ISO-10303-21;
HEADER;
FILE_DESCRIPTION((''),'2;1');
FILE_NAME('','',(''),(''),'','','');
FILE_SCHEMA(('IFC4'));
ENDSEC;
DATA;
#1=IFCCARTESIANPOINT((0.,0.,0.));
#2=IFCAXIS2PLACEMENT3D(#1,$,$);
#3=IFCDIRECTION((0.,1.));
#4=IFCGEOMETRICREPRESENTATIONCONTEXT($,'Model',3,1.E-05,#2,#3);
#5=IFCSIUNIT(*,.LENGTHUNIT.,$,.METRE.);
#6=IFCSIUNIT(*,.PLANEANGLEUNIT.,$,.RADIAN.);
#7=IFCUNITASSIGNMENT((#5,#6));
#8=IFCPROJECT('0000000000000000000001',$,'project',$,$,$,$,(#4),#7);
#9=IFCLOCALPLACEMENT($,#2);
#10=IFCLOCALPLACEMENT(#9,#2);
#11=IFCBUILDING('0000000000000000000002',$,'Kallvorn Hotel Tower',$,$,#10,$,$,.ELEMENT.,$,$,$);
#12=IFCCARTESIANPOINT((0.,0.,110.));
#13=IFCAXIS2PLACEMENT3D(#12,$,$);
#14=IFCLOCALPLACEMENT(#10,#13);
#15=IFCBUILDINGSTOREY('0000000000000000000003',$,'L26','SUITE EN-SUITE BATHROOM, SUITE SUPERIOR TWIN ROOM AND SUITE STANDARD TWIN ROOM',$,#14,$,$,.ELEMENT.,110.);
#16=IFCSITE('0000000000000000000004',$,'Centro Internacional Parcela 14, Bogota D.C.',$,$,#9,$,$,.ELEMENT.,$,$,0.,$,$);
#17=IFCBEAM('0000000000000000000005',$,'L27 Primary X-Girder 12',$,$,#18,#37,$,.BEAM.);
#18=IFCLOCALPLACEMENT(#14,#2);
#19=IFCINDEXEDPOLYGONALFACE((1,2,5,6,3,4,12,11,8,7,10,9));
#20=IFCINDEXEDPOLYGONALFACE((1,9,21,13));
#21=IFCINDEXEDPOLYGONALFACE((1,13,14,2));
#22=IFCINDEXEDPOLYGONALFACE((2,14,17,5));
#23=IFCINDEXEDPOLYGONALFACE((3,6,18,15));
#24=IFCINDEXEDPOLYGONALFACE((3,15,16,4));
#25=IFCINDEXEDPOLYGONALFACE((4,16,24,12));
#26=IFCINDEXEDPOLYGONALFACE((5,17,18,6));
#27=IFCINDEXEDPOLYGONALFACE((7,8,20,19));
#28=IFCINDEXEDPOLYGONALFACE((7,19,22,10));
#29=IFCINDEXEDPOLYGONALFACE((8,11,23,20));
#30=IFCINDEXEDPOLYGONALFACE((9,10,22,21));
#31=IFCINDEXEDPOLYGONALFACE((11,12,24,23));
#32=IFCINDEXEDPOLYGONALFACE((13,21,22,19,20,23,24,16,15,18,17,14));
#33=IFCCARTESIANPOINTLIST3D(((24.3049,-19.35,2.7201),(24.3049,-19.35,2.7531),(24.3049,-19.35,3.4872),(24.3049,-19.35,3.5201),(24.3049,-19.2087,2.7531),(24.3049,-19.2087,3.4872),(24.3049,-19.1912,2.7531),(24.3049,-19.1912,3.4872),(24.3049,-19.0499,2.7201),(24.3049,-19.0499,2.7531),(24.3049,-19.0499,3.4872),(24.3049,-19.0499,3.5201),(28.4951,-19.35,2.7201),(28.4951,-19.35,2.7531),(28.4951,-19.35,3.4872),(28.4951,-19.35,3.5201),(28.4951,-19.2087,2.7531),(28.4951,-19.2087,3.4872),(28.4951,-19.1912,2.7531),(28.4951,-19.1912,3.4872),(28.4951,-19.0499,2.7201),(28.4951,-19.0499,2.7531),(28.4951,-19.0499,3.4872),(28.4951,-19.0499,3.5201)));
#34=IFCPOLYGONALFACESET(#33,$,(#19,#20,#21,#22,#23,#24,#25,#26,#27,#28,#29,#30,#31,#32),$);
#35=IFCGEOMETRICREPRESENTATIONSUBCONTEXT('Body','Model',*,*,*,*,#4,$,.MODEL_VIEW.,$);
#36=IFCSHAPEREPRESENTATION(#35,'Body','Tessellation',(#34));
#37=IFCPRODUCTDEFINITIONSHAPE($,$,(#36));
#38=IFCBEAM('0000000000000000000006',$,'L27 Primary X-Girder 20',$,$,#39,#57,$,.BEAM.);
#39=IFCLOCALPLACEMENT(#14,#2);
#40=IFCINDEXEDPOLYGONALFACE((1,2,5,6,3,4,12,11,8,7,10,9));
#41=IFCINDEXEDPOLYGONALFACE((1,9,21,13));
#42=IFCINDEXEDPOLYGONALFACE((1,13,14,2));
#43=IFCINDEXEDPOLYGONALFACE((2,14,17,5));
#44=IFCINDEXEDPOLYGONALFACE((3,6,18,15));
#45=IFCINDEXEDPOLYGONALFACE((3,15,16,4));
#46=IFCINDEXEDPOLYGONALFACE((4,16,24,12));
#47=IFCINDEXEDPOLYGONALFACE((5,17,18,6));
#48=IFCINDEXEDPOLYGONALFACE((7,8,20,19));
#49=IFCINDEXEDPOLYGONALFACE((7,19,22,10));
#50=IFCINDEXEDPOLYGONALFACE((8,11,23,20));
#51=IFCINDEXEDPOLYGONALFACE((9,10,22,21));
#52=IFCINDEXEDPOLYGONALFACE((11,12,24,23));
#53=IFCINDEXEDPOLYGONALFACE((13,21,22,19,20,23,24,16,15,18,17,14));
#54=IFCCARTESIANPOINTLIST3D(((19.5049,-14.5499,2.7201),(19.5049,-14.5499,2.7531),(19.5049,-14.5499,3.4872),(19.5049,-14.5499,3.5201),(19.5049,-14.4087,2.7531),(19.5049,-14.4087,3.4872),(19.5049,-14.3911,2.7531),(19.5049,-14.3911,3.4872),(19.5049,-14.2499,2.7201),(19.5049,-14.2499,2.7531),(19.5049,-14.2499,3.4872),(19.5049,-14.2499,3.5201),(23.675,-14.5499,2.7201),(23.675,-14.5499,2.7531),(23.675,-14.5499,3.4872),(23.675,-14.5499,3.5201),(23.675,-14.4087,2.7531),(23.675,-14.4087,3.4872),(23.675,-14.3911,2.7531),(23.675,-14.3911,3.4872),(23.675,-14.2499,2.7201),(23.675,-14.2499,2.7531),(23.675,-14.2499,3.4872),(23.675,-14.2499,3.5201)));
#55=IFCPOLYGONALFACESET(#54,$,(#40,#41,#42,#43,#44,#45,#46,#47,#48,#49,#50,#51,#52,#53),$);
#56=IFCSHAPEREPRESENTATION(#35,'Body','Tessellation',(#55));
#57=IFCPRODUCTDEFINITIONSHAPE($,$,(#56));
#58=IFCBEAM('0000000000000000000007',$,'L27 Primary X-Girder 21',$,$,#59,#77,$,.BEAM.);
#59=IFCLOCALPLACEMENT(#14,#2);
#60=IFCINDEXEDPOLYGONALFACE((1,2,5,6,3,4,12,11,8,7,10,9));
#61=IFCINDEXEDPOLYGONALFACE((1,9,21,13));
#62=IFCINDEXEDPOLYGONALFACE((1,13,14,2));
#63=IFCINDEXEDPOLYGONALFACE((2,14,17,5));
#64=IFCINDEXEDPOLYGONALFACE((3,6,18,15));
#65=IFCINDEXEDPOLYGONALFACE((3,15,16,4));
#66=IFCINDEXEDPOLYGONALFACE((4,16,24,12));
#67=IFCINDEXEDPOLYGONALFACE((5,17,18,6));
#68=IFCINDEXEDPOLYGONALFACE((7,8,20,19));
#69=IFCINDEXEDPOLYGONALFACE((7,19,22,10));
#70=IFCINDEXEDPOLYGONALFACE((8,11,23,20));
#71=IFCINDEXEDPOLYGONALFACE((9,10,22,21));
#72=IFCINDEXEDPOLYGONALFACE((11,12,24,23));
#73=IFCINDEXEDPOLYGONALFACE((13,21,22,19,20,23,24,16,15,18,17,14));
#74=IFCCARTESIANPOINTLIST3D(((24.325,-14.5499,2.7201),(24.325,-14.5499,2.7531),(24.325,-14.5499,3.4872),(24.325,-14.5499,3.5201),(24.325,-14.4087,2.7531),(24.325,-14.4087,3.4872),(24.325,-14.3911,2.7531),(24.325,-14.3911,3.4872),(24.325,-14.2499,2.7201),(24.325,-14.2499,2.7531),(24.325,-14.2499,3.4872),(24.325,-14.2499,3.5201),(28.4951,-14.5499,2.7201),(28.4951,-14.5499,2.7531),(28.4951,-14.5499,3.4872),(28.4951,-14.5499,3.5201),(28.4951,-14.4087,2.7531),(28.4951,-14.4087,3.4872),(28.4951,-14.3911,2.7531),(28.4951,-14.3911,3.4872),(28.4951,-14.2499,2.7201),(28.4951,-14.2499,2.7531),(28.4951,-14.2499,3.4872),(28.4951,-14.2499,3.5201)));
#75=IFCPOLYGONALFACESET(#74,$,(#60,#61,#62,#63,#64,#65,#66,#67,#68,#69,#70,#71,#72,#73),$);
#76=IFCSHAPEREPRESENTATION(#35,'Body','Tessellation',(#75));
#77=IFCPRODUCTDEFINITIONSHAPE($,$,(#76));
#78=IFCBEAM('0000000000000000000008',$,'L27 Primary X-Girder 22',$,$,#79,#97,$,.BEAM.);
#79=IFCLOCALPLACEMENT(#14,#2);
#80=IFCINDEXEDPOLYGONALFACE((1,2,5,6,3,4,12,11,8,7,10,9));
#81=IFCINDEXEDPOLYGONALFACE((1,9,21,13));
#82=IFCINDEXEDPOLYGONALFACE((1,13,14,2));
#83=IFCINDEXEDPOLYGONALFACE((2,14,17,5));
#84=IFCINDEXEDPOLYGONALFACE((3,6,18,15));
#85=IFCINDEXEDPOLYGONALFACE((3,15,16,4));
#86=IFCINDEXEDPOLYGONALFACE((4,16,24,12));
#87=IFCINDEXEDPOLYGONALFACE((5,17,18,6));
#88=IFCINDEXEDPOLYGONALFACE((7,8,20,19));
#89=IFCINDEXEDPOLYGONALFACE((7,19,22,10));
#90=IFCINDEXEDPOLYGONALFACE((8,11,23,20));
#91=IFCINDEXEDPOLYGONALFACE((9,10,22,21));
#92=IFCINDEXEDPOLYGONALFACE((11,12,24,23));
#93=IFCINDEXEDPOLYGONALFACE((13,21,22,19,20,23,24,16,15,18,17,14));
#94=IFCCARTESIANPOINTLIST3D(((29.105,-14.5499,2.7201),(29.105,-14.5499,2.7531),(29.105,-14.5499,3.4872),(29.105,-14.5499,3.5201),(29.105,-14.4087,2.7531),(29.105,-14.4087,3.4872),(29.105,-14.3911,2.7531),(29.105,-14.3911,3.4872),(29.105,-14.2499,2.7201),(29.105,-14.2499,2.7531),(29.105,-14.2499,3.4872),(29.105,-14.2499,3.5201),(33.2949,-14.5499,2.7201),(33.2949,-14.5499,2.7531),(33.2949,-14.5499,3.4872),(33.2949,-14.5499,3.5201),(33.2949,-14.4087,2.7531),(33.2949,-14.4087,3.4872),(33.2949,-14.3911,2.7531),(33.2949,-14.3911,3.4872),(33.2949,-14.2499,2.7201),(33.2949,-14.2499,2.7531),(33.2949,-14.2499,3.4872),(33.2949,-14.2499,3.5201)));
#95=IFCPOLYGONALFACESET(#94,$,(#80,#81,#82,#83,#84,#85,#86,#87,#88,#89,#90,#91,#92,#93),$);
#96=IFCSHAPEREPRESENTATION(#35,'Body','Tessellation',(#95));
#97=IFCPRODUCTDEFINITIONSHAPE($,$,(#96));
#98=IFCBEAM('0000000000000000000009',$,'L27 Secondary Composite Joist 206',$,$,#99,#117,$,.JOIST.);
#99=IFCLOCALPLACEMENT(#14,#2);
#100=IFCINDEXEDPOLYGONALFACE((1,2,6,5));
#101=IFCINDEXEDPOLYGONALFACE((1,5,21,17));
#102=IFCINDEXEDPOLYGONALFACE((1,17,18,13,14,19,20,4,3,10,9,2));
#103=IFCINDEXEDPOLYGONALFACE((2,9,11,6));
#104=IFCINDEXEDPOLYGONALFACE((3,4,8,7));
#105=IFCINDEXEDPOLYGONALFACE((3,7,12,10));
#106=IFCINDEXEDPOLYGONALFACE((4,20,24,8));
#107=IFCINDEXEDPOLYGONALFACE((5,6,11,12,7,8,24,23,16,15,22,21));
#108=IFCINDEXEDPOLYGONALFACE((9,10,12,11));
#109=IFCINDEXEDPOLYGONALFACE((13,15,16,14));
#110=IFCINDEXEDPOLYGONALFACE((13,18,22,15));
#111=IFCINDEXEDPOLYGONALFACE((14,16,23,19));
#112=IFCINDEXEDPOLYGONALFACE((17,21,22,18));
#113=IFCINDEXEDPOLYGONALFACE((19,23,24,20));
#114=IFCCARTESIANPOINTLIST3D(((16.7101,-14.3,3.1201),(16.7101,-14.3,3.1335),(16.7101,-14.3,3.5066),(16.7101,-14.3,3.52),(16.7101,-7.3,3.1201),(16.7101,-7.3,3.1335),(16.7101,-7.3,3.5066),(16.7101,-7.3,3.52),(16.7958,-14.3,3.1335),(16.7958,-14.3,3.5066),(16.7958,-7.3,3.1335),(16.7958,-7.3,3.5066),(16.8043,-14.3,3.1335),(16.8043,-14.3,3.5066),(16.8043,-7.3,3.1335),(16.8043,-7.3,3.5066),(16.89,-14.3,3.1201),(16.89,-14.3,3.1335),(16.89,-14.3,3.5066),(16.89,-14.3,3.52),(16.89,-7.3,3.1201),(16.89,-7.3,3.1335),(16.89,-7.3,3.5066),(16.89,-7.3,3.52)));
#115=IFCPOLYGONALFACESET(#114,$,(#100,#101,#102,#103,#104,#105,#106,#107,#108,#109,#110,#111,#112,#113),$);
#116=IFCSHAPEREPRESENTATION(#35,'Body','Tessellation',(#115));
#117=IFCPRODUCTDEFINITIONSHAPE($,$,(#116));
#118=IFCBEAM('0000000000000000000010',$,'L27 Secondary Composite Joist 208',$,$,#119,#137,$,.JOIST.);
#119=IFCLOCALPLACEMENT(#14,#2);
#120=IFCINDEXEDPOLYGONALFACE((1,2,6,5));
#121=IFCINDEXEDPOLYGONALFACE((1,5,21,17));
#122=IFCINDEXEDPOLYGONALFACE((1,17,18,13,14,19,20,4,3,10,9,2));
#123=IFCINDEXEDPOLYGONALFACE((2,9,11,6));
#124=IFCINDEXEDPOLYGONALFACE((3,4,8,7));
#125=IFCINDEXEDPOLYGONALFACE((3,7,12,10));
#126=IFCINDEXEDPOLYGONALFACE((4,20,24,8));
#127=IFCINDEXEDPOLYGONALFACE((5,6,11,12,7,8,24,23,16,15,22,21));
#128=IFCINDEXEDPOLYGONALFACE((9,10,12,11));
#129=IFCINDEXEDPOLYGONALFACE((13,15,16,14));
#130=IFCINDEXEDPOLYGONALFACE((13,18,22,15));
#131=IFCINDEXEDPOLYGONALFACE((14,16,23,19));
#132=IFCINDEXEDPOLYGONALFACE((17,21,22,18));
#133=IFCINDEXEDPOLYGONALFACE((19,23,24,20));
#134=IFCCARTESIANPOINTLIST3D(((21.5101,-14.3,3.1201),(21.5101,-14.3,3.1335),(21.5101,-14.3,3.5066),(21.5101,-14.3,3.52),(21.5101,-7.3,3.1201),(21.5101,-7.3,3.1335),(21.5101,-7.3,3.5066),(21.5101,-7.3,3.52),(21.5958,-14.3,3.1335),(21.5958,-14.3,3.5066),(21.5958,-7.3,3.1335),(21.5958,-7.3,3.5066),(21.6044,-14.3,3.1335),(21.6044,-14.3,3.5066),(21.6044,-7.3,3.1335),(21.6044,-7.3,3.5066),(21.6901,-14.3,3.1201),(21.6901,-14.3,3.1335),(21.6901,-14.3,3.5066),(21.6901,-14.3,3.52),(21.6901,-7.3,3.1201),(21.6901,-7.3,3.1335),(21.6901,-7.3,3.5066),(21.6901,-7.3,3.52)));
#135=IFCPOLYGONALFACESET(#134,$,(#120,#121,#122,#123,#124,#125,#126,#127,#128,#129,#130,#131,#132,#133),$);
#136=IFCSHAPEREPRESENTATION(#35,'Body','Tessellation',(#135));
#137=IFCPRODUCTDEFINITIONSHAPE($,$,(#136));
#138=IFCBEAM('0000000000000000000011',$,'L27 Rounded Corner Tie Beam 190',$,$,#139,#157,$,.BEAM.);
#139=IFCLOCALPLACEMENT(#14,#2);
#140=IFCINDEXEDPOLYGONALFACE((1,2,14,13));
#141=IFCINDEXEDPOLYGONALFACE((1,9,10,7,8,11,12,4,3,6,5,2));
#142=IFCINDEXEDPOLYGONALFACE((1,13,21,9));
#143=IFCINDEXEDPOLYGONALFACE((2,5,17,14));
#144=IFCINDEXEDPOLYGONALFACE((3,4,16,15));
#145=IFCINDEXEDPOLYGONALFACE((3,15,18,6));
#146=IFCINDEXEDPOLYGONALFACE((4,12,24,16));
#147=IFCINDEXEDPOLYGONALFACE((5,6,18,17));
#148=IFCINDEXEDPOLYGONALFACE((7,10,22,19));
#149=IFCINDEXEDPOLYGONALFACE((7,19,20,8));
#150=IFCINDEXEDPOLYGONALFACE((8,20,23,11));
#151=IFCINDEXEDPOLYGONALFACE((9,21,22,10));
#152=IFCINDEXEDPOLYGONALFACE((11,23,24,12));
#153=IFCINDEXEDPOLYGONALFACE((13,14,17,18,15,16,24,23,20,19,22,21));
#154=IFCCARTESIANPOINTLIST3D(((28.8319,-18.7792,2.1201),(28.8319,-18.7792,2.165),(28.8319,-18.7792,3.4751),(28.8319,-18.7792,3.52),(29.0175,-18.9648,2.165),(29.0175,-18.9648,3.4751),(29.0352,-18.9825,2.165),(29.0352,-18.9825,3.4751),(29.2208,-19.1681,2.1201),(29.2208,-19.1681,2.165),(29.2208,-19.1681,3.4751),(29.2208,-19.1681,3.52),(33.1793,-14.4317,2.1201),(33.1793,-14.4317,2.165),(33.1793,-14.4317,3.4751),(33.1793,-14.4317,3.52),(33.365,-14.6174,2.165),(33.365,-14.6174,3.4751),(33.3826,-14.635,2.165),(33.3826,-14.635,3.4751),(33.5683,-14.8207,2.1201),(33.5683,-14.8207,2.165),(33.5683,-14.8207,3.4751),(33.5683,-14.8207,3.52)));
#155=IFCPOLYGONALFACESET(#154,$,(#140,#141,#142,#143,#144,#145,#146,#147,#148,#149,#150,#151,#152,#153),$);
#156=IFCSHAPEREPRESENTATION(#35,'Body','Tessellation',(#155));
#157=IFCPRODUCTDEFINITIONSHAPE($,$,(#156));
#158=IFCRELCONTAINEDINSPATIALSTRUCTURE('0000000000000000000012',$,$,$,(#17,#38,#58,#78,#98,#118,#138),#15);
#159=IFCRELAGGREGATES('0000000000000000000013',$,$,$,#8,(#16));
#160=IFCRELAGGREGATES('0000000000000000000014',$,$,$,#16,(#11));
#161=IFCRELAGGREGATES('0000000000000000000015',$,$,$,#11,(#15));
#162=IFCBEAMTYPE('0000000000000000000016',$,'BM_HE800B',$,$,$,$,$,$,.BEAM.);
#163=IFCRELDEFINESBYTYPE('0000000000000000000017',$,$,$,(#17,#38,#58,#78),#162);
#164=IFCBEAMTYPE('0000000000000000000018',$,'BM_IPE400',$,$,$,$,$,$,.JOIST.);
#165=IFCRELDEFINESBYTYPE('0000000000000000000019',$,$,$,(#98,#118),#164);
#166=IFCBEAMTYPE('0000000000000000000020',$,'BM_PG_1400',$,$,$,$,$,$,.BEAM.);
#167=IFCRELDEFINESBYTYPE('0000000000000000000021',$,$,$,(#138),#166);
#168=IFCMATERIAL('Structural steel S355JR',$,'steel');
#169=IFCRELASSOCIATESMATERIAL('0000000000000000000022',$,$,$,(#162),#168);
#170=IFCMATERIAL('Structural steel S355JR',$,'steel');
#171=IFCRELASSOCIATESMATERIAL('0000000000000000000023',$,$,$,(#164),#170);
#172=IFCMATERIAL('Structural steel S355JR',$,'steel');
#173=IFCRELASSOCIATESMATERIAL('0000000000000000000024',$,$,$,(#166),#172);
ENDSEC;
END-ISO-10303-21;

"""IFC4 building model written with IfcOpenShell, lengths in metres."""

from ifc_helpers import new_model, si_unit, direction, frame, origin, origin_2d, place, context, subcontext, project, spatial, i_section, extrude, material, material_profile, profile_set, type_object, element, save


model = new_model("IFC4")

# Units and contexts
model_context = context("Model", 3, precision=1e-05, world=origin(), true_north=direction((0.0, 1.0)))
body_context = subcontext(model_context, "Body", "Model", "MODEL_VIEW")
ifc_project = project(units=[si_unit("LENGTHUNIT", "METRE"), si_unit("PLANEANGLEUNIT", "RADIAN")], contexts=[model_context])

# Site, building, storey
site_placement = place(None, origin())
site = spatial("IfcSite", under=ifc_project, at=site_placement, Name="Centro Internacional Parcela 14, Bogota D.C.", CompositionType="ELEMENT", RefElevation=0.0)
building_placement = place(site_placement, origin())
building = spatial("IfcBuilding", under=site, at=building_placement, Name="Kallvorn Hotel Tower", CompositionType="ELEMENT")
storey_placement = place(building_placement, frame((0.0, 0.0, 110.0)))
storey = spatial("IfcBuildingStorey", under=building, at=storey_placement, Name="L26", Description="SUITE EN-SUITE BATHROOM, SUITE SUPERIOR TWIN ROOM AND SUITE STANDARD TWIN ROOM", CompositionType="ELEMENT", Elevation=110.0)

# Beams
ifc_material_1 = material(Name="Structural steel S355JR", Category="steel")
ifc_material_profile_1 = material_profile(ifc_material_1, i_section(OverallWidth=0.3, OverallDepth=0.8, WebThickness=0.0176, FlangeThickness=0.033, at=origin_2d()), Name="HE 800 B")
ifc_profile_set_1 = profile_set([ifc_material_profile_1], Name="Structural steel S355JR")
beam_type_1 = type_object("IfcBeamType", Name="BM_HE800B", PredefinedType="BEAM", material=ifc_profile_set_1)
for number, where, z_axis, x_axis, name in (
    (1, (24.3049, -19.2, 3.1201), (1.0, 0.0, 0.0), (0.0, 1.0, 0.0), "L27 Primary X-Girder 12"),
):
    element("IfcBeam", number, at=place(storey_placement, frame(where, z_axis=z_axis, x_axis=x_axis)), inside=storey, type_object=beam_type_1, Name=name, PredefinedType="BEAM", context=body_context, shape_type="SweptSolid", body=[
        extrude(i_section(OverallWidth=0.3, OverallDepth=0.8, WebThickness=0.0176, FlangeThickness=0.033, at=origin_2d()), origin(), (0.0, 0.0, 1.0), 4.1902),
    ])
for number, where, z_axis, x_axis, name in (
    (2, (19.5049, -14.3999, 3.1201), (1.0, 0.0, 0.0), (0.0, 1.0, 0.0), "L27 Primary X-Girder 20"),
    (3, (24.325, -14.3999, 3.1201), (1.0, 0.0, 0.0), (0.0, 1.0, 0.0), "L27 Primary X-Girder 21"),
):
    element("IfcBeam", number, at=place(storey_placement, frame(where, z_axis=z_axis, x_axis=x_axis)), inside=storey, type_object=beam_type_1, Name=name, PredefinedType="BEAM", context=body_context, shape_type="SweptSolid", body=[
        extrude(i_section(OverallWidth=0.3, OverallDepth=0.8, WebThickness=0.0176, FlangeThickness=0.033, at=origin_2d()), origin(), (0.0, 0.0, 1.0), 4.1702),
    ])
beam_1_placement = place(storey_placement, frame((29.105, -14.3999, 3.1201), z_axis=(1.0, 0.0, 0.0), x_axis=(0.0, 1.0, 0.0)))
element("IfcBeam", 4, at=beam_1_placement, inside=storey, type_object=beam_type_1, Name="L27 Primary X-Girder 22", PredefinedType="BEAM", context=body_context, shape_type="SweptSolid", body=[
    extrude(i_section(OverallWidth=0.3, OverallDepth=0.8, WebThickness=0.0176, FlangeThickness=0.033, at=origin_2d()), origin(), (0.0, 0.0, 1.0), 4.1899),
])
ifc_material_2 = material(Name="Structural steel S355JR", Category="steel")
ifc_material_profile_2 = material_profile(ifc_material_2, i_section(OverallWidth=0.1799, OverallDepth=0.3999, WebThickness=0.0085, FlangeThickness=0.0134, at=origin_2d()), Name="IPE 400")
ifc_profile_set_2 = profile_set([ifc_material_profile_2], Name="Structural steel S355JR")
beam_type_2 = type_object("IfcBeamType", Name="BM_IPE400", PredefinedType="JOIST", material=ifc_profile_set_2)
for number, where, z_axis, x_axis, name in (
    (5, (16.8, -14.3, 3.3201), (0.0, 1.0, 0.0), (-1.0, 0.0, 0.0), "L27 Secondary Composite Joist 206"),
    (6, (21.6001, -14.3, 3.3201), (0.0, 1.0, 0.0), (-1.0, 0.0, 0.0), "L27 Secondary Composite Joist 208"),
):
    element("IfcBeam", number, at=place(storey_placement, frame(where, z_axis=z_axis, x_axis=x_axis)), inside=storey, type_object=beam_type_2, Name=name, PredefinedType="JOIST", context=body_context, shape_type="SweptSolid", body=[
        extrude(i_section(OverallWidth=0.1799, OverallDepth=0.3999, WebThickness=0.0085, FlangeThickness=0.0134, at=origin_2d()), origin(), (0.0, 0.0, 1.0), 7.0),
    ])
ifc_material_3 = material(Name="Structural steel S355JR", Category="steel")
ifc_material_profile_3 = material_profile(ifc_material_3, i_section(OverallWidth=0.55, OverallDepth=1.3999, WebThickness=0.0249, FlangeThickness=0.0449, at=origin_2d()), Name="PG 1400x550x25x45")
ifc_profile_set_3 = profile_set([ifc_material_profile_3], Name="Structural steel S355JR")
beam_type_3 = type_object("IfcBeamType", Name="BM_PG_1400", PredefinedType="BEAM", material=ifc_profile_set_3)
beam_2_placement = place(storey_placement, frame((33.3738, -14.6262, 2.8201), z_axis=(-0.707107, -0.707107, 0.0), x_axis=(0.707107, -0.707107, 0.0)))
element("IfcBeam", 7, at=beam_2_placement, inside=storey, type_object=beam_type_3, Name="L27 Rounded Corner Tie Beam 190", PredefinedType="BEAM", context=body_context, shape_type="SweptSolid", body=[
    extrude(i_section(OverallWidth=0.55, OverallDepth=1.3999, WebThickness=0.0249, FlangeThickness=0.0449, at=origin_2d()), origin(), (0.0, 0.0, 1.0), 6.1482),
])

save(model, "model.ifc")
